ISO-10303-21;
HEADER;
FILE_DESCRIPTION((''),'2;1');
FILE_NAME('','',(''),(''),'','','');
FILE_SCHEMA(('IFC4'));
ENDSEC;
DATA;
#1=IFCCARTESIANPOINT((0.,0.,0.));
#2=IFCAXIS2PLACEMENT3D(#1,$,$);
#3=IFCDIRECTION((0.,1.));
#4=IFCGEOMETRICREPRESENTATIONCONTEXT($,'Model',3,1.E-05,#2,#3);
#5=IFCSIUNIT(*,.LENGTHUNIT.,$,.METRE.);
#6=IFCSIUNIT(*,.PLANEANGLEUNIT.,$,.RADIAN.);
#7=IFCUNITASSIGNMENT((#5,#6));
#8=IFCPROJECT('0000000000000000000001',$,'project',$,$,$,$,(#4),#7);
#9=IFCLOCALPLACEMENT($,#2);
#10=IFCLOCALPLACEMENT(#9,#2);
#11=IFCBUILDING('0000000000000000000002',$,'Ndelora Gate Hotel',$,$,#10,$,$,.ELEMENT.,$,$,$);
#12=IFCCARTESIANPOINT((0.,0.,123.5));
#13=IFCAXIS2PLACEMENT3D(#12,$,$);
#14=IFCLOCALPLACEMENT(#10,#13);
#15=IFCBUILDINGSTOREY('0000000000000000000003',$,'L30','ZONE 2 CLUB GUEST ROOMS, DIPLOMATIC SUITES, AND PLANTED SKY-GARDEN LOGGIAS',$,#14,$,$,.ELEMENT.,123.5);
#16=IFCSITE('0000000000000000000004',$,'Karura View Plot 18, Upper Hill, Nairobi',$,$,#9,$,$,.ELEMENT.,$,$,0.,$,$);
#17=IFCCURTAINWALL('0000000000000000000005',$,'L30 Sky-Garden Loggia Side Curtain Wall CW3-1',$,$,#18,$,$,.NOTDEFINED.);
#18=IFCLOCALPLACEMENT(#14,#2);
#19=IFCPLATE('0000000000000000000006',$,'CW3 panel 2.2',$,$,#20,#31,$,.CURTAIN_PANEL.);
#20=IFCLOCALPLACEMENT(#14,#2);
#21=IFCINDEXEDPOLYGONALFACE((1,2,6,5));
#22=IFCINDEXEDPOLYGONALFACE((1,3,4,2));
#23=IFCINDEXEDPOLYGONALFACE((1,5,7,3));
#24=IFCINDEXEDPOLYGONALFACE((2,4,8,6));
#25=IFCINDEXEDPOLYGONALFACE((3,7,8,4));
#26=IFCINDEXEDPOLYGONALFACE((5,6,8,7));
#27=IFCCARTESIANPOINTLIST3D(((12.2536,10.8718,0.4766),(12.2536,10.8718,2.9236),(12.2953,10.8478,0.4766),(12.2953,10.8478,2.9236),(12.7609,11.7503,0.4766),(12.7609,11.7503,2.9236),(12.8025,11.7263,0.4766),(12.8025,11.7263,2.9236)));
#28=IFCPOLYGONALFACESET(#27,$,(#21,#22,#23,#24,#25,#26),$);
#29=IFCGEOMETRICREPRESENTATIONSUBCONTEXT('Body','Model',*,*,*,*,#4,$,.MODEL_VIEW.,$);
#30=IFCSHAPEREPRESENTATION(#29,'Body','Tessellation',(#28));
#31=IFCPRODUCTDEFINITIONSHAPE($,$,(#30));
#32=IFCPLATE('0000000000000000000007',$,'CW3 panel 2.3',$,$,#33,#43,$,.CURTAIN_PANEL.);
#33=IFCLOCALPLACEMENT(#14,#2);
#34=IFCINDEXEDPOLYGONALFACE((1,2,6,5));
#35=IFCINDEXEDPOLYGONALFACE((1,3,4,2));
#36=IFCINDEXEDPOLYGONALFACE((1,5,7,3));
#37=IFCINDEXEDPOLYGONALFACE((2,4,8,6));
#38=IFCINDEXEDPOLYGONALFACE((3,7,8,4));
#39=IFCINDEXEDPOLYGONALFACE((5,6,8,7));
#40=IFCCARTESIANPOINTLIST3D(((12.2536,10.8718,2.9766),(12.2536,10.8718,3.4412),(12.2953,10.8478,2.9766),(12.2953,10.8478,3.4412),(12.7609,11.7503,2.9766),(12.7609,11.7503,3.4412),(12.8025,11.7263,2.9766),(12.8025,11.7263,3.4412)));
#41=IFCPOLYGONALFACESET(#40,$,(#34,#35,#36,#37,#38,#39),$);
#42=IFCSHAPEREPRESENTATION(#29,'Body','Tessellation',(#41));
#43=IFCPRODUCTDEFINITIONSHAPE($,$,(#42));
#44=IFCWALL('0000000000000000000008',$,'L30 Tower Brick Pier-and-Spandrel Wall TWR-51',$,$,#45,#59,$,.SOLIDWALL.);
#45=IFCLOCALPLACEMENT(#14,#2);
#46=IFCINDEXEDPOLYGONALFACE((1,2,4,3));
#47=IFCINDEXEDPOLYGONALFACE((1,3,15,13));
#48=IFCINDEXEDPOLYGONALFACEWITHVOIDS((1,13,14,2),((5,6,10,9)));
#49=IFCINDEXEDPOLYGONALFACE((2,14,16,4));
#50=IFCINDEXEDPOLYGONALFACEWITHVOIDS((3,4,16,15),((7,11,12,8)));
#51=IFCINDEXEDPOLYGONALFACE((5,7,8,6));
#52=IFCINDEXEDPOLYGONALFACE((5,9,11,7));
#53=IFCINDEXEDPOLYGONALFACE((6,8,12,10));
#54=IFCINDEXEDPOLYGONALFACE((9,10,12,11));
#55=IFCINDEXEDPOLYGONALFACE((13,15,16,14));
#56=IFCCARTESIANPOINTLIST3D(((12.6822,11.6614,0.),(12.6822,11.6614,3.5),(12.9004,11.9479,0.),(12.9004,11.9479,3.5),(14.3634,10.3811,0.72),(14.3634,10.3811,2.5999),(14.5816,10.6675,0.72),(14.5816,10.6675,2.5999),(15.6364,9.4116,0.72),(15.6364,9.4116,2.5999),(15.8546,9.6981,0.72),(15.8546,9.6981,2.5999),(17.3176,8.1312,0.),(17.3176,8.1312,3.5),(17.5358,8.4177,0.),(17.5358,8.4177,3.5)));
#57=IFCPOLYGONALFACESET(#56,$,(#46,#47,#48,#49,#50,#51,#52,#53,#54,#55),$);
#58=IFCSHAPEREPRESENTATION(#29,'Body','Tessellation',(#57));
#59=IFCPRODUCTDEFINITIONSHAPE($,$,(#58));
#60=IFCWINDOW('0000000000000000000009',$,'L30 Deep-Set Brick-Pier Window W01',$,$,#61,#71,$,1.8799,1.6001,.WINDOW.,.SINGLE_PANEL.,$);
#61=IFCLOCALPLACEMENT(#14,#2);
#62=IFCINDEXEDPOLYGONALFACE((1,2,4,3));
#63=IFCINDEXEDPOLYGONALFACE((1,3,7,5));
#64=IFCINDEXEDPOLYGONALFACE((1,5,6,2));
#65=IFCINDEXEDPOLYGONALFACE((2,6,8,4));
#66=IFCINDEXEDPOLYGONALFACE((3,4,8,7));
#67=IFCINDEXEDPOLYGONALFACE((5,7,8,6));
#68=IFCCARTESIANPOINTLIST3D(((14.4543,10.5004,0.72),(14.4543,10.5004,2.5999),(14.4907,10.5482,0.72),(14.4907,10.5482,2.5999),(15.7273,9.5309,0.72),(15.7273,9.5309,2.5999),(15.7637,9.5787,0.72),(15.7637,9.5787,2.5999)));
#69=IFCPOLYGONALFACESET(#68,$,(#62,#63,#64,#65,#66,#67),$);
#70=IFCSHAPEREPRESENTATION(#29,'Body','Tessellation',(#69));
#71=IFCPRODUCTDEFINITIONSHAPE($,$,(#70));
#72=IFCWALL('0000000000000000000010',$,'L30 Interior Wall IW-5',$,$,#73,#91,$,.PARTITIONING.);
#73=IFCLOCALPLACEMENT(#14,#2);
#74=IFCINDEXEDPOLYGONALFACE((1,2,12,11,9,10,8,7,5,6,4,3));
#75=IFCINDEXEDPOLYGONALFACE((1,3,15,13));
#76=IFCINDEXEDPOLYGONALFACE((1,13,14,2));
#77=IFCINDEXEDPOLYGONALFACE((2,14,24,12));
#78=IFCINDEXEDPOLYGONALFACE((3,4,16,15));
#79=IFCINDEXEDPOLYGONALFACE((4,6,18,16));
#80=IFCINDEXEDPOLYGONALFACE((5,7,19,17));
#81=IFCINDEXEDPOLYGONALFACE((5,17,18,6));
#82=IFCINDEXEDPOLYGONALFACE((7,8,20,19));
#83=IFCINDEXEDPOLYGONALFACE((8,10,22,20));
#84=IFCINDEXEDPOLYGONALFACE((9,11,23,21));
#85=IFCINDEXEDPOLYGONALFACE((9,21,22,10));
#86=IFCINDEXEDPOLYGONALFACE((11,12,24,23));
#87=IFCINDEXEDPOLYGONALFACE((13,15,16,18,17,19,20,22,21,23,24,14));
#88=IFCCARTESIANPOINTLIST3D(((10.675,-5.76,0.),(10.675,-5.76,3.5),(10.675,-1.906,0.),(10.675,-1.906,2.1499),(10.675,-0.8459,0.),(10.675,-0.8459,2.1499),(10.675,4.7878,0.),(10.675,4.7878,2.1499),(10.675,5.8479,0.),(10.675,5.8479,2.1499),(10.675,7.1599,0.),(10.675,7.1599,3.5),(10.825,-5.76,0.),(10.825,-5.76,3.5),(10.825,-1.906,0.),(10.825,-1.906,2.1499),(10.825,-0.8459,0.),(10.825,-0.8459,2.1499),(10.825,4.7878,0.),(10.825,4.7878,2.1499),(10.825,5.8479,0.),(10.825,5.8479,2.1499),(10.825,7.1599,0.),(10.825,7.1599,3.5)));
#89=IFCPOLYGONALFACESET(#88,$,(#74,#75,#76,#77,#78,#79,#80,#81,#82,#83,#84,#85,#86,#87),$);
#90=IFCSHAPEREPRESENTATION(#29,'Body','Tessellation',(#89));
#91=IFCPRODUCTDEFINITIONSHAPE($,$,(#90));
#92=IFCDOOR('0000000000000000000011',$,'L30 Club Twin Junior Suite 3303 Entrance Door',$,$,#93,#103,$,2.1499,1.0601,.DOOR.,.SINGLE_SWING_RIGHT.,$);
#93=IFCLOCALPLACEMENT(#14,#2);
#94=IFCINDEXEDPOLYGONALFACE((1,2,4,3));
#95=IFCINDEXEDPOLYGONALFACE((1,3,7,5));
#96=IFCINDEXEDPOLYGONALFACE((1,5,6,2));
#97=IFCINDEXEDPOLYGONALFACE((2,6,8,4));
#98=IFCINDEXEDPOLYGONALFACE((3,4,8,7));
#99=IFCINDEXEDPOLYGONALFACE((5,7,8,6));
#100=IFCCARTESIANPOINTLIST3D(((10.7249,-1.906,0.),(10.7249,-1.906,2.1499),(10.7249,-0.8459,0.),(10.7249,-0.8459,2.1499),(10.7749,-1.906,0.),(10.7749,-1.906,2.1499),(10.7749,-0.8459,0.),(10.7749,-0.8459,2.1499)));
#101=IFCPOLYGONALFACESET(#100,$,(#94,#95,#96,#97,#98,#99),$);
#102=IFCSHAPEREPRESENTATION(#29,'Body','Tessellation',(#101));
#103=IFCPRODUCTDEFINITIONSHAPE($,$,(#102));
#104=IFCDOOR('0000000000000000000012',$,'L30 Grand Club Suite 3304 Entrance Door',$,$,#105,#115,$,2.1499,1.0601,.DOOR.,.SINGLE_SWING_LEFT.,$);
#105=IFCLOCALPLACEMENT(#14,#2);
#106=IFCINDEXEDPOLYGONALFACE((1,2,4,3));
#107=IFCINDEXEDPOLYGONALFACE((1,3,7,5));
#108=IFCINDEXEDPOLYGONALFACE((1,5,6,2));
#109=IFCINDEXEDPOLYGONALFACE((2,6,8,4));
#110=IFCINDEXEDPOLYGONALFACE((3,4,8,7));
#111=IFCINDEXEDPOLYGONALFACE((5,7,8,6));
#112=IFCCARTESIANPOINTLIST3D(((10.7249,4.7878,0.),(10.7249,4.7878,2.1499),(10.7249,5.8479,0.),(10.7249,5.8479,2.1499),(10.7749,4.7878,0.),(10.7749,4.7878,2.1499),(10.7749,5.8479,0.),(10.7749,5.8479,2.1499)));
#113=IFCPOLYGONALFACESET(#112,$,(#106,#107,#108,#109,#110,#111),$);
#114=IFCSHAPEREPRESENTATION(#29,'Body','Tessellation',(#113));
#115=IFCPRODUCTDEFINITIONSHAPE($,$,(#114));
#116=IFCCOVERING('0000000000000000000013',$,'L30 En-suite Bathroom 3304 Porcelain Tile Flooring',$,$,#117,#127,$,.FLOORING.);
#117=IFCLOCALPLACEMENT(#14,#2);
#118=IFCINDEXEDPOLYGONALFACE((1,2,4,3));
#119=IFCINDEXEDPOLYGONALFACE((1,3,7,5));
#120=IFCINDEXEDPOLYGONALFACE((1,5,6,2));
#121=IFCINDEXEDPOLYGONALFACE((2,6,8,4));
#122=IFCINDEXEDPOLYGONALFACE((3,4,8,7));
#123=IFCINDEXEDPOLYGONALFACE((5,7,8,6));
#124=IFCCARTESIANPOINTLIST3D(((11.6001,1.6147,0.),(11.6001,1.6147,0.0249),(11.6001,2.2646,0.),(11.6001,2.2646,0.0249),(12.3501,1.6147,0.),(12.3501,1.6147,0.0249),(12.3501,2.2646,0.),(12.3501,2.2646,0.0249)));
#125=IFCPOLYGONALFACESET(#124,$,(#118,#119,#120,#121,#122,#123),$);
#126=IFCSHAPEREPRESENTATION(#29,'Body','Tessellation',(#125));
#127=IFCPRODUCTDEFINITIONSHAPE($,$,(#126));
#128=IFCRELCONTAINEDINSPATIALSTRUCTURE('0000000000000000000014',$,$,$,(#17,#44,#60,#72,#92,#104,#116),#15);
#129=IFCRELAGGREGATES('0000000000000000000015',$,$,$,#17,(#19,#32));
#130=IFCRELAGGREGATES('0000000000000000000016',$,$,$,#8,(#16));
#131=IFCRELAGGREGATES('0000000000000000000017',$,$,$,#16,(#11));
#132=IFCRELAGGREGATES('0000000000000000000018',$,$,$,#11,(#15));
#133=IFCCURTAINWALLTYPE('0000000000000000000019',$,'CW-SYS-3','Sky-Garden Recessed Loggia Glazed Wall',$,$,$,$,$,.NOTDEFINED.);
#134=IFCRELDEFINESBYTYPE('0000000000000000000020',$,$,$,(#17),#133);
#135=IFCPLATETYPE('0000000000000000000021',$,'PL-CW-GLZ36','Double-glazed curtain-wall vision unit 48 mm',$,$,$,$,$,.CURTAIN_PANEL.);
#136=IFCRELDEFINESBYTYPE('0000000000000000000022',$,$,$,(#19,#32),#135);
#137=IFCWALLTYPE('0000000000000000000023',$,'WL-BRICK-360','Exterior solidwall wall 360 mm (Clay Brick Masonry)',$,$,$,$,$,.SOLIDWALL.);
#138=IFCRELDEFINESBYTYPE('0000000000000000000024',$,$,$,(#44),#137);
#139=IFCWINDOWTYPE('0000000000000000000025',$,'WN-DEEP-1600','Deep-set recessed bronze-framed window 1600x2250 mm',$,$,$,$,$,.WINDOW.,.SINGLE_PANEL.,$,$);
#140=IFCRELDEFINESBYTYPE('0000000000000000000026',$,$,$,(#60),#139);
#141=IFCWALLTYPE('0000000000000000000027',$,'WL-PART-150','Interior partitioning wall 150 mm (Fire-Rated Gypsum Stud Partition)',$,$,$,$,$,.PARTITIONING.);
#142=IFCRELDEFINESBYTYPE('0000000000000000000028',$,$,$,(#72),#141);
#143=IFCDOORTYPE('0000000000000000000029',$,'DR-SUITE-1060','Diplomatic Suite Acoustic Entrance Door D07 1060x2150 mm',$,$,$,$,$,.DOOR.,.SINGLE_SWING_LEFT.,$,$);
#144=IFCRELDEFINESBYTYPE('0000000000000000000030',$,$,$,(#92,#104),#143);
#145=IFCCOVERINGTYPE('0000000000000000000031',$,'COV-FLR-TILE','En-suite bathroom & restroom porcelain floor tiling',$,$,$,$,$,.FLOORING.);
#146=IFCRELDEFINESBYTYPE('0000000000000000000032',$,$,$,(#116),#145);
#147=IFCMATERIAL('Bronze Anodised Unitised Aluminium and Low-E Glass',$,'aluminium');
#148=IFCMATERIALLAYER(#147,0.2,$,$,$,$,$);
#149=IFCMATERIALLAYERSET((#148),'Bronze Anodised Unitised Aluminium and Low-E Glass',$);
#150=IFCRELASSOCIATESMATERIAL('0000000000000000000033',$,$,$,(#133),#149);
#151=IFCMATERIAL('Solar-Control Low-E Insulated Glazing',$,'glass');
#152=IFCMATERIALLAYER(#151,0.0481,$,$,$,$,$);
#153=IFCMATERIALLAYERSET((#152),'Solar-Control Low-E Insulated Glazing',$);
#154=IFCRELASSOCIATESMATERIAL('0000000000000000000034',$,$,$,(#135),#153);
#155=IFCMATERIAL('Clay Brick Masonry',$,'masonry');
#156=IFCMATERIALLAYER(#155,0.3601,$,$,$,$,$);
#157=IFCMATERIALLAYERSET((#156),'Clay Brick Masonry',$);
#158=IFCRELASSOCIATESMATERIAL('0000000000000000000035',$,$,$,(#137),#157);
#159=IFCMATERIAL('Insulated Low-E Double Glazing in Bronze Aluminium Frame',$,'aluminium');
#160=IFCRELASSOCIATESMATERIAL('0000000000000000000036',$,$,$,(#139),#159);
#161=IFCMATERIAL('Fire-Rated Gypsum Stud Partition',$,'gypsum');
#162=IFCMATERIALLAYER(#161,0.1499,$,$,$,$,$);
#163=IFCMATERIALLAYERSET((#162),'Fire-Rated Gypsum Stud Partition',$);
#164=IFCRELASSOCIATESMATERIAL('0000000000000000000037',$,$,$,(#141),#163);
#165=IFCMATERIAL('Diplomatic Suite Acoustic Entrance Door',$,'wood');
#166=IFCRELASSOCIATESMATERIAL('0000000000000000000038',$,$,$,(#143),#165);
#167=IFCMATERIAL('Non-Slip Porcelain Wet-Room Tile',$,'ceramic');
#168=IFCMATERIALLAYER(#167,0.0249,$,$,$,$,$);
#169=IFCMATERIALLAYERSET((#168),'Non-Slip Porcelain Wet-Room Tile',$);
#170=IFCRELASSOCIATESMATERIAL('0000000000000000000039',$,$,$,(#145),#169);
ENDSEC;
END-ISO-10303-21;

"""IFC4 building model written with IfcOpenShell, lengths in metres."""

from ifc_helpers import new_model, si_unit, direction, frame, frame_2d, origin, origin_2d, place, context, subcontext, project, spatial, rectangle, extrude, material, layer, layer_set, type_object, element, fill, aggregate, save


model = new_model("IFC4")

# Units and contexts
model_context = context("Model", 3, precision=1e-05, world=origin(), true_north=direction((0.0, 1.0)))
body_context = subcontext(model_context, "Body", "Model", "MODEL_VIEW")
ifc_project = project(units=[si_unit("LENGTHUNIT", "METRE"), si_unit("PLANEANGLEUNIT", "RADIAN")], contexts=[model_context])

# Site, building, storey
site_placement = place(None, origin())
site = spatial("IfcSite", under=ifc_project, at=site_placement, Name="Karura View Plot 18, Upper Hill, Nairobi", CompositionType="ELEMENT", RefElevation=0.0)
building_placement = place(site_placement, origin())
building = spatial("IfcBuilding", under=site, at=building_placement, Name="Ndelora Gate Hotel", CompositionType="ELEMENT")
storey_placement = place(building_placement, frame((0.0, 0.0, 123.5)))
storey = spatial("IfcBuildingStorey", under=building, at=storey_placement, Name="L30", Description="ZONE 2 CLUB GUEST ROOMS, DIPLOMATIC SUITES, AND PLANTED SKY-GARDEN LOGGIAS", CompositionType="ELEMENT", Elevation=123.5)

# Curtain wall, plates
ifc_material_1 = material(Name="Bronze Anodised Unitised Aluminium and Low-E Glass", Category="aluminium")
ifc_layer_1 = layer(ifc_material_1, 0.2)
ifc_layer_set_1 = layer_set([ifc_layer_1], Name="Bronze Anodised Unitised Aluminium and Low-E Glass")
curtain_wall_type = type_object("IfcCurtainWallType", Name="CW-SYS-3", Description="Sky-Garden Recessed Loggia Glazed Wall", PredefinedType="NOTDEFINED", material=ifc_layer_set_1)
curtain_wall_placement = place(storey_placement, origin())
curtain_wall = element("IfcCurtainWall", 1, at=curtain_wall_placement, inside=storey, type_object=curtain_wall_type, Name="L30 Sky-Garden Loggia Side Curtain Wall CW3-1", PredefinedType="NOTDEFINED")
ifc_material_2 = material(Name="Solar-Control Low-E Insulated Glazing", Category="glass")
ifc_layer_2 = layer(ifc_material_2, 0.0481)
ifc_layer_set_2 = layer_set([ifc_layer_2], Name="Solar-Control Low-E Insulated Glazing")
plate_type = type_object("IfcPlateType", Name="PL-CW-GLZ36", Description="Double-glazed curtain-wall vision unit 48 mm", PredefinedType="CURTAIN_PANEL", material=ifc_layer_set_2)
plate_1_placement = place(storey_placement, frame((12.5281, 11.2991, 0.4766), z_axis=(0.0, 0.0, 1.0), x_axis=(0.500011, 0.866019, 0.0)))
plate_1 = element("IfcPlate", 2, at=plate_1_placement, type_object=plate_type, Name="CW3 panel 2.2", PredefinedType="CURTAIN_PANEL", context=body_context, shape_type="SweptSolid", body=[
    extrude(rectangle(XDim=1.0144, YDim=0.0481, at=origin_2d()), origin(), (0.0, 0.0, 1.0), 2.447),
])
plate_2_placement = place(storey_placement, frame((12.5281, 11.2991, 2.9766), z_axis=(0.0, 0.0, 1.0), x_axis=(0.500011, 0.866019, 0.0)))
plate_2 = element("IfcPlate", 3, at=plate_2_placement, type_object=plate_type, Name="CW3 panel 2.3", PredefinedType="CURTAIN_PANEL", context=body_context, shape_type="SweptSolid", body=[
    extrude(rectangle(XDim=1.0144, YDim=0.0481, at=origin_2d()), origin(), (0.0, 0.0, 1.0), 0.4646),
])
aggregate(curtain_wall, [plate_1, plate_2])

# Wall, opening, window
ifc_material_3 = material(Name="Clay Brick Masonry", Category="masonry")
ifc_layer_3 = layer(ifc_material_3, 0.3601)
ifc_layer_set_3 = layer_set([ifc_layer_3], Name="Clay Brick Masonry")
wall_type_1 = type_object("IfcWallType", Name="WL-BRICK-360", Description="Exterior solidwall wall 360 mm (Clay Brick Masonry)", PredefinedType="SOLIDWALL", material=ifc_layer_set_3)
wall_1_placement = place(storey_placement, frame((12.7913, 11.8047, 0.0), z_axis=(0.0, 0.0, 1.0), x_axis=(0.795559, -0.605877, 0.0)))
wall_1 = element("IfcWall", 4, at=wall_1_placement, inside=storey, type_object=wall_type_1, Name="L30 Tower Brick Pier-and-Spandrel Wall TWR-51", PredefinedType="SOLIDWALL", context=body_context, shape_type="SweptSolid", body=[
    extrude(rectangle(XDim=5.8267, YDim=0.3601, at=frame_2d((2.9133, 0.0))), origin(), (0.0, 0.0, 1.0), 3.5),
])
opening_1_placement = place(wall_1_placement, frame((2.1133, 0.0, 0.72)))
opening_1 = element("IfcOpeningElement", 5, at=opening_1_placement, cuts=wall_1, PredefinedType="OPENING", context=body_context, shape_type="SweptSolid", body=[
    extrude(rectangle(XDim=1.6001, YDim=1.8799, at=frame_2d((0.8, 0.9399))), frame((0.0, 0.1899, 0.0), z_axis=(0.0, -1.0, 0.0), x_axis=(1.0, 0.0, 0.0)), (0.0, 0.0, 1.0), 0.3801),
])
ifc_material_4 = material(Name="Insulated Low-E Double Glazing in Bronze Aluminium Frame", Category="aluminium")
window_type = type_object("IfcWindowType", Name="WN-DEEP-1600", Description="Deep-set recessed bronze-framed window 1600x2250 mm", PartitioningType="SINGLE_PANEL", PredefinedType="WINDOW", material=ifc_material_4)
window_placement = place(opening_1_placement, origin())
window = element("IfcWindow", 6, at=window_placement, inside=storey, type_object=window_type, Name="L30 Deep-Set Brick-Pier Window W01", OverallHeight=1.8799, OverallWidth=1.6001, PartitioningType="SINGLE_PANEL", PredefinedType="WINDOW", context=body_context, shape_type="SweptSolid", body=[
    extrude(rectangle(XDim=1.6001, YDim=1.8799, at=frame_2d((0.8, 0.9399))), frame((0.0, 0.03, 0.0), z_axis=(0.0, -1.0, 0.0), x_axis=(1.0, 0.0, 0.0)), (0.0, 0.0, 1.0), 0.0601),
])
fill(opening_1, window)

# Wall, openings, doors
ifc_material_5 = material(Name="Fire-Rated Gypsum Stud Partition", Category="gypsum")
ifc_layer_4 = layer(ifc_material_5, 0.1499)
ifc_layer_set_4 = layer_set([ifc_layer_4], Name="Fire-Rated Gypsum Stud Partition")
wall_type_2 = type_object("IfcWallType", Name="WL-PART-150", Description="Interior partitioning wall 150 mm (Fire-Rated Gypsum Stud Partition)", PredefinedType="PARTITIONING", material=ifc_layer_set_4)
wall_2_placement = place(storey_placement, frame((10.75, 7.1599, 0.0), z_axis=(0.0, 0.0, 1.0), x_axis=(0.0, -1.0, 0.0)))
wall_2 = element("IfcWall", 7, at=wall_2_placement, inside=storey, type_object=wall_type_2, Name="L30 Interior Wall IW-5", PredefinedType="PARTITIONING", context=body_context, shape_type="SweptSolid", body=[
    extrude(rectangle(XDim=12.9199, YDim=0.1499, at=frame_2d((6.46, 0.0))), origin(), (0.0, 0.0, 1.0), 3.5),
])
opening_2_placement = place(wall_2_placement, frame((8.0059, 0.0, 0.0)))
opening_2 = element("IfcOpeningElement", 8, at=opening_2_placement, cuts=wall_2, PredefinedType="OPENING", context=body_context, shape_type="SweptSolid", body=[
    extrude(rectangle(XDim=1.0601, YDim=2.1499, at=frame_2d((0.53, 1.075))), frame((0.0, 0.085, 0.0), z_axis=(0.0, -1.0, 0.0), x_axis=(1.0, 0.0, 0.0)), (0.0, 0.0, 1.0), 0.1699),
])
opening_3_placement = place(wall_2_placement, frame((1.312, 0.0, 0.0)))
opening_3 = element("IfcOpeningElement", 9, at=opening_3_placement, cuts=wall_2, PredefinedType="OPENING", context=body_context, shape_type="SweptSolid", body=[
    extrude(rectangle(XDim=1.0601, YDim=2.1499, at=frame_2d((0.53, 1.075))), frame((0.0, 0.085, 0.0), z_axis=(0.0, -1.0, 0.0), x_axis=(1.0, 0.0, 0.0)), (0.0, 0.0, 1.0), 0.1699),
])
ifc_material_6 = material(Name="Diplomatic Suite Acoustic Entrance Door", Category="wood")
door_type = type_object("IfcDoorType", Name="DR-SUITE-1060", Description="Diplomatic Suite Acoustic Entrance Door D07 1060x2150 mm", OperationType="SINGLE_SWING_LEFT", PredefinedType="DOOR", material=ifc_material_6)
door_1_placement = place(opening_2_placement, origin())
door_1 = element("IfcDoor", 10, at=door_1_placement, inside=storey, type_object=door_type, Name="L30 Club Twin Junior Suite 3303 Entrance Door", OperationType="SINGLE_SWING_RIGHT", OverallHeight=2.1499, OverallWidth=1.0601, PredefinedType="DOOR", context=body_context, shape_type="SweptSolid", body=[
    extrude(rectangle(XDim=1.0601, YDim=2.1499, at=frame_2d((0.53, 1.075))), frame((0.0, 0.0249, 0.0), z_axis=(0.0, -1.0, 0.0), x_axis=(1.0, 0.0, 0.0)), (0.0, 0.0, 1.0), 0.05),
])
fill(opening_2, door_1)
door_2_placement = place(opening_3_placement, origin())
door_2 = element("IfcDoor", 11, at=door_2_placement, inside=storey, type_object=door_type, Name="L30 Grand Club Suite 3304 Entrance Door", OperationType="SINGLE_SWING_LEFT", OverallHeight=2.1499, OverallWidth=1.0601, PredefinedType="DOOR", context=body_context, shape_type="SweptSolid", body=[
    extrude(rectangle(XDim=1.0601, YDim=2.1499, at=frame_2d((0.53, 1.075))), frame((0.0, 0.0249, 0.0), z_axis=(0.0, -1.0, 0.0), x_axis=(1.0, 0.0, 0.0)), (0.0, 0.0, 1.0), 0.05),
])
fill(opening_3, door_2)

# Covering
ifc_material_7 = material(Name="Non-Slip Porcelain Wet-Room Tile", Category="ceramic")
ifc_layer_5 = layer(ifc_material_7, 0.0249)
ifc_layer_set_5 = layer_set([ifc_layer_5], Name="Non-Slip Porcelain Wet-Room Tile")
covering_type = type_object("IfcCoveringType", Name="COV-FLR-TILE", Description="En-suite bathroom & restroom porcelain floor tiling", PredefinedType="FLOORING", material=ifc_layer_set_5)
covering_placement = place(storey_placement, frame((11.9751, 1.9397, 0.0), z_axis=(0.0, 0.0, 1.0), x_axis=(1.0, 0.0, 0.0)))
element("IfcCovering", 12, at=covering_placement, inside=storey, type_object=covering_type, Name="L30 En-suite Bathroom 3304 Porcelain Tile Flooring", PredefinedType="FLOORING", context=body_context, shape_type="SweptSolid", body=[
    extrude(rectangle(XDim=0.75, YDim=0.6499, at=origin_2d()), origin(), (0.0, 0.0, 1.0), 0.0249),
])

save(model, "model.ifc")
